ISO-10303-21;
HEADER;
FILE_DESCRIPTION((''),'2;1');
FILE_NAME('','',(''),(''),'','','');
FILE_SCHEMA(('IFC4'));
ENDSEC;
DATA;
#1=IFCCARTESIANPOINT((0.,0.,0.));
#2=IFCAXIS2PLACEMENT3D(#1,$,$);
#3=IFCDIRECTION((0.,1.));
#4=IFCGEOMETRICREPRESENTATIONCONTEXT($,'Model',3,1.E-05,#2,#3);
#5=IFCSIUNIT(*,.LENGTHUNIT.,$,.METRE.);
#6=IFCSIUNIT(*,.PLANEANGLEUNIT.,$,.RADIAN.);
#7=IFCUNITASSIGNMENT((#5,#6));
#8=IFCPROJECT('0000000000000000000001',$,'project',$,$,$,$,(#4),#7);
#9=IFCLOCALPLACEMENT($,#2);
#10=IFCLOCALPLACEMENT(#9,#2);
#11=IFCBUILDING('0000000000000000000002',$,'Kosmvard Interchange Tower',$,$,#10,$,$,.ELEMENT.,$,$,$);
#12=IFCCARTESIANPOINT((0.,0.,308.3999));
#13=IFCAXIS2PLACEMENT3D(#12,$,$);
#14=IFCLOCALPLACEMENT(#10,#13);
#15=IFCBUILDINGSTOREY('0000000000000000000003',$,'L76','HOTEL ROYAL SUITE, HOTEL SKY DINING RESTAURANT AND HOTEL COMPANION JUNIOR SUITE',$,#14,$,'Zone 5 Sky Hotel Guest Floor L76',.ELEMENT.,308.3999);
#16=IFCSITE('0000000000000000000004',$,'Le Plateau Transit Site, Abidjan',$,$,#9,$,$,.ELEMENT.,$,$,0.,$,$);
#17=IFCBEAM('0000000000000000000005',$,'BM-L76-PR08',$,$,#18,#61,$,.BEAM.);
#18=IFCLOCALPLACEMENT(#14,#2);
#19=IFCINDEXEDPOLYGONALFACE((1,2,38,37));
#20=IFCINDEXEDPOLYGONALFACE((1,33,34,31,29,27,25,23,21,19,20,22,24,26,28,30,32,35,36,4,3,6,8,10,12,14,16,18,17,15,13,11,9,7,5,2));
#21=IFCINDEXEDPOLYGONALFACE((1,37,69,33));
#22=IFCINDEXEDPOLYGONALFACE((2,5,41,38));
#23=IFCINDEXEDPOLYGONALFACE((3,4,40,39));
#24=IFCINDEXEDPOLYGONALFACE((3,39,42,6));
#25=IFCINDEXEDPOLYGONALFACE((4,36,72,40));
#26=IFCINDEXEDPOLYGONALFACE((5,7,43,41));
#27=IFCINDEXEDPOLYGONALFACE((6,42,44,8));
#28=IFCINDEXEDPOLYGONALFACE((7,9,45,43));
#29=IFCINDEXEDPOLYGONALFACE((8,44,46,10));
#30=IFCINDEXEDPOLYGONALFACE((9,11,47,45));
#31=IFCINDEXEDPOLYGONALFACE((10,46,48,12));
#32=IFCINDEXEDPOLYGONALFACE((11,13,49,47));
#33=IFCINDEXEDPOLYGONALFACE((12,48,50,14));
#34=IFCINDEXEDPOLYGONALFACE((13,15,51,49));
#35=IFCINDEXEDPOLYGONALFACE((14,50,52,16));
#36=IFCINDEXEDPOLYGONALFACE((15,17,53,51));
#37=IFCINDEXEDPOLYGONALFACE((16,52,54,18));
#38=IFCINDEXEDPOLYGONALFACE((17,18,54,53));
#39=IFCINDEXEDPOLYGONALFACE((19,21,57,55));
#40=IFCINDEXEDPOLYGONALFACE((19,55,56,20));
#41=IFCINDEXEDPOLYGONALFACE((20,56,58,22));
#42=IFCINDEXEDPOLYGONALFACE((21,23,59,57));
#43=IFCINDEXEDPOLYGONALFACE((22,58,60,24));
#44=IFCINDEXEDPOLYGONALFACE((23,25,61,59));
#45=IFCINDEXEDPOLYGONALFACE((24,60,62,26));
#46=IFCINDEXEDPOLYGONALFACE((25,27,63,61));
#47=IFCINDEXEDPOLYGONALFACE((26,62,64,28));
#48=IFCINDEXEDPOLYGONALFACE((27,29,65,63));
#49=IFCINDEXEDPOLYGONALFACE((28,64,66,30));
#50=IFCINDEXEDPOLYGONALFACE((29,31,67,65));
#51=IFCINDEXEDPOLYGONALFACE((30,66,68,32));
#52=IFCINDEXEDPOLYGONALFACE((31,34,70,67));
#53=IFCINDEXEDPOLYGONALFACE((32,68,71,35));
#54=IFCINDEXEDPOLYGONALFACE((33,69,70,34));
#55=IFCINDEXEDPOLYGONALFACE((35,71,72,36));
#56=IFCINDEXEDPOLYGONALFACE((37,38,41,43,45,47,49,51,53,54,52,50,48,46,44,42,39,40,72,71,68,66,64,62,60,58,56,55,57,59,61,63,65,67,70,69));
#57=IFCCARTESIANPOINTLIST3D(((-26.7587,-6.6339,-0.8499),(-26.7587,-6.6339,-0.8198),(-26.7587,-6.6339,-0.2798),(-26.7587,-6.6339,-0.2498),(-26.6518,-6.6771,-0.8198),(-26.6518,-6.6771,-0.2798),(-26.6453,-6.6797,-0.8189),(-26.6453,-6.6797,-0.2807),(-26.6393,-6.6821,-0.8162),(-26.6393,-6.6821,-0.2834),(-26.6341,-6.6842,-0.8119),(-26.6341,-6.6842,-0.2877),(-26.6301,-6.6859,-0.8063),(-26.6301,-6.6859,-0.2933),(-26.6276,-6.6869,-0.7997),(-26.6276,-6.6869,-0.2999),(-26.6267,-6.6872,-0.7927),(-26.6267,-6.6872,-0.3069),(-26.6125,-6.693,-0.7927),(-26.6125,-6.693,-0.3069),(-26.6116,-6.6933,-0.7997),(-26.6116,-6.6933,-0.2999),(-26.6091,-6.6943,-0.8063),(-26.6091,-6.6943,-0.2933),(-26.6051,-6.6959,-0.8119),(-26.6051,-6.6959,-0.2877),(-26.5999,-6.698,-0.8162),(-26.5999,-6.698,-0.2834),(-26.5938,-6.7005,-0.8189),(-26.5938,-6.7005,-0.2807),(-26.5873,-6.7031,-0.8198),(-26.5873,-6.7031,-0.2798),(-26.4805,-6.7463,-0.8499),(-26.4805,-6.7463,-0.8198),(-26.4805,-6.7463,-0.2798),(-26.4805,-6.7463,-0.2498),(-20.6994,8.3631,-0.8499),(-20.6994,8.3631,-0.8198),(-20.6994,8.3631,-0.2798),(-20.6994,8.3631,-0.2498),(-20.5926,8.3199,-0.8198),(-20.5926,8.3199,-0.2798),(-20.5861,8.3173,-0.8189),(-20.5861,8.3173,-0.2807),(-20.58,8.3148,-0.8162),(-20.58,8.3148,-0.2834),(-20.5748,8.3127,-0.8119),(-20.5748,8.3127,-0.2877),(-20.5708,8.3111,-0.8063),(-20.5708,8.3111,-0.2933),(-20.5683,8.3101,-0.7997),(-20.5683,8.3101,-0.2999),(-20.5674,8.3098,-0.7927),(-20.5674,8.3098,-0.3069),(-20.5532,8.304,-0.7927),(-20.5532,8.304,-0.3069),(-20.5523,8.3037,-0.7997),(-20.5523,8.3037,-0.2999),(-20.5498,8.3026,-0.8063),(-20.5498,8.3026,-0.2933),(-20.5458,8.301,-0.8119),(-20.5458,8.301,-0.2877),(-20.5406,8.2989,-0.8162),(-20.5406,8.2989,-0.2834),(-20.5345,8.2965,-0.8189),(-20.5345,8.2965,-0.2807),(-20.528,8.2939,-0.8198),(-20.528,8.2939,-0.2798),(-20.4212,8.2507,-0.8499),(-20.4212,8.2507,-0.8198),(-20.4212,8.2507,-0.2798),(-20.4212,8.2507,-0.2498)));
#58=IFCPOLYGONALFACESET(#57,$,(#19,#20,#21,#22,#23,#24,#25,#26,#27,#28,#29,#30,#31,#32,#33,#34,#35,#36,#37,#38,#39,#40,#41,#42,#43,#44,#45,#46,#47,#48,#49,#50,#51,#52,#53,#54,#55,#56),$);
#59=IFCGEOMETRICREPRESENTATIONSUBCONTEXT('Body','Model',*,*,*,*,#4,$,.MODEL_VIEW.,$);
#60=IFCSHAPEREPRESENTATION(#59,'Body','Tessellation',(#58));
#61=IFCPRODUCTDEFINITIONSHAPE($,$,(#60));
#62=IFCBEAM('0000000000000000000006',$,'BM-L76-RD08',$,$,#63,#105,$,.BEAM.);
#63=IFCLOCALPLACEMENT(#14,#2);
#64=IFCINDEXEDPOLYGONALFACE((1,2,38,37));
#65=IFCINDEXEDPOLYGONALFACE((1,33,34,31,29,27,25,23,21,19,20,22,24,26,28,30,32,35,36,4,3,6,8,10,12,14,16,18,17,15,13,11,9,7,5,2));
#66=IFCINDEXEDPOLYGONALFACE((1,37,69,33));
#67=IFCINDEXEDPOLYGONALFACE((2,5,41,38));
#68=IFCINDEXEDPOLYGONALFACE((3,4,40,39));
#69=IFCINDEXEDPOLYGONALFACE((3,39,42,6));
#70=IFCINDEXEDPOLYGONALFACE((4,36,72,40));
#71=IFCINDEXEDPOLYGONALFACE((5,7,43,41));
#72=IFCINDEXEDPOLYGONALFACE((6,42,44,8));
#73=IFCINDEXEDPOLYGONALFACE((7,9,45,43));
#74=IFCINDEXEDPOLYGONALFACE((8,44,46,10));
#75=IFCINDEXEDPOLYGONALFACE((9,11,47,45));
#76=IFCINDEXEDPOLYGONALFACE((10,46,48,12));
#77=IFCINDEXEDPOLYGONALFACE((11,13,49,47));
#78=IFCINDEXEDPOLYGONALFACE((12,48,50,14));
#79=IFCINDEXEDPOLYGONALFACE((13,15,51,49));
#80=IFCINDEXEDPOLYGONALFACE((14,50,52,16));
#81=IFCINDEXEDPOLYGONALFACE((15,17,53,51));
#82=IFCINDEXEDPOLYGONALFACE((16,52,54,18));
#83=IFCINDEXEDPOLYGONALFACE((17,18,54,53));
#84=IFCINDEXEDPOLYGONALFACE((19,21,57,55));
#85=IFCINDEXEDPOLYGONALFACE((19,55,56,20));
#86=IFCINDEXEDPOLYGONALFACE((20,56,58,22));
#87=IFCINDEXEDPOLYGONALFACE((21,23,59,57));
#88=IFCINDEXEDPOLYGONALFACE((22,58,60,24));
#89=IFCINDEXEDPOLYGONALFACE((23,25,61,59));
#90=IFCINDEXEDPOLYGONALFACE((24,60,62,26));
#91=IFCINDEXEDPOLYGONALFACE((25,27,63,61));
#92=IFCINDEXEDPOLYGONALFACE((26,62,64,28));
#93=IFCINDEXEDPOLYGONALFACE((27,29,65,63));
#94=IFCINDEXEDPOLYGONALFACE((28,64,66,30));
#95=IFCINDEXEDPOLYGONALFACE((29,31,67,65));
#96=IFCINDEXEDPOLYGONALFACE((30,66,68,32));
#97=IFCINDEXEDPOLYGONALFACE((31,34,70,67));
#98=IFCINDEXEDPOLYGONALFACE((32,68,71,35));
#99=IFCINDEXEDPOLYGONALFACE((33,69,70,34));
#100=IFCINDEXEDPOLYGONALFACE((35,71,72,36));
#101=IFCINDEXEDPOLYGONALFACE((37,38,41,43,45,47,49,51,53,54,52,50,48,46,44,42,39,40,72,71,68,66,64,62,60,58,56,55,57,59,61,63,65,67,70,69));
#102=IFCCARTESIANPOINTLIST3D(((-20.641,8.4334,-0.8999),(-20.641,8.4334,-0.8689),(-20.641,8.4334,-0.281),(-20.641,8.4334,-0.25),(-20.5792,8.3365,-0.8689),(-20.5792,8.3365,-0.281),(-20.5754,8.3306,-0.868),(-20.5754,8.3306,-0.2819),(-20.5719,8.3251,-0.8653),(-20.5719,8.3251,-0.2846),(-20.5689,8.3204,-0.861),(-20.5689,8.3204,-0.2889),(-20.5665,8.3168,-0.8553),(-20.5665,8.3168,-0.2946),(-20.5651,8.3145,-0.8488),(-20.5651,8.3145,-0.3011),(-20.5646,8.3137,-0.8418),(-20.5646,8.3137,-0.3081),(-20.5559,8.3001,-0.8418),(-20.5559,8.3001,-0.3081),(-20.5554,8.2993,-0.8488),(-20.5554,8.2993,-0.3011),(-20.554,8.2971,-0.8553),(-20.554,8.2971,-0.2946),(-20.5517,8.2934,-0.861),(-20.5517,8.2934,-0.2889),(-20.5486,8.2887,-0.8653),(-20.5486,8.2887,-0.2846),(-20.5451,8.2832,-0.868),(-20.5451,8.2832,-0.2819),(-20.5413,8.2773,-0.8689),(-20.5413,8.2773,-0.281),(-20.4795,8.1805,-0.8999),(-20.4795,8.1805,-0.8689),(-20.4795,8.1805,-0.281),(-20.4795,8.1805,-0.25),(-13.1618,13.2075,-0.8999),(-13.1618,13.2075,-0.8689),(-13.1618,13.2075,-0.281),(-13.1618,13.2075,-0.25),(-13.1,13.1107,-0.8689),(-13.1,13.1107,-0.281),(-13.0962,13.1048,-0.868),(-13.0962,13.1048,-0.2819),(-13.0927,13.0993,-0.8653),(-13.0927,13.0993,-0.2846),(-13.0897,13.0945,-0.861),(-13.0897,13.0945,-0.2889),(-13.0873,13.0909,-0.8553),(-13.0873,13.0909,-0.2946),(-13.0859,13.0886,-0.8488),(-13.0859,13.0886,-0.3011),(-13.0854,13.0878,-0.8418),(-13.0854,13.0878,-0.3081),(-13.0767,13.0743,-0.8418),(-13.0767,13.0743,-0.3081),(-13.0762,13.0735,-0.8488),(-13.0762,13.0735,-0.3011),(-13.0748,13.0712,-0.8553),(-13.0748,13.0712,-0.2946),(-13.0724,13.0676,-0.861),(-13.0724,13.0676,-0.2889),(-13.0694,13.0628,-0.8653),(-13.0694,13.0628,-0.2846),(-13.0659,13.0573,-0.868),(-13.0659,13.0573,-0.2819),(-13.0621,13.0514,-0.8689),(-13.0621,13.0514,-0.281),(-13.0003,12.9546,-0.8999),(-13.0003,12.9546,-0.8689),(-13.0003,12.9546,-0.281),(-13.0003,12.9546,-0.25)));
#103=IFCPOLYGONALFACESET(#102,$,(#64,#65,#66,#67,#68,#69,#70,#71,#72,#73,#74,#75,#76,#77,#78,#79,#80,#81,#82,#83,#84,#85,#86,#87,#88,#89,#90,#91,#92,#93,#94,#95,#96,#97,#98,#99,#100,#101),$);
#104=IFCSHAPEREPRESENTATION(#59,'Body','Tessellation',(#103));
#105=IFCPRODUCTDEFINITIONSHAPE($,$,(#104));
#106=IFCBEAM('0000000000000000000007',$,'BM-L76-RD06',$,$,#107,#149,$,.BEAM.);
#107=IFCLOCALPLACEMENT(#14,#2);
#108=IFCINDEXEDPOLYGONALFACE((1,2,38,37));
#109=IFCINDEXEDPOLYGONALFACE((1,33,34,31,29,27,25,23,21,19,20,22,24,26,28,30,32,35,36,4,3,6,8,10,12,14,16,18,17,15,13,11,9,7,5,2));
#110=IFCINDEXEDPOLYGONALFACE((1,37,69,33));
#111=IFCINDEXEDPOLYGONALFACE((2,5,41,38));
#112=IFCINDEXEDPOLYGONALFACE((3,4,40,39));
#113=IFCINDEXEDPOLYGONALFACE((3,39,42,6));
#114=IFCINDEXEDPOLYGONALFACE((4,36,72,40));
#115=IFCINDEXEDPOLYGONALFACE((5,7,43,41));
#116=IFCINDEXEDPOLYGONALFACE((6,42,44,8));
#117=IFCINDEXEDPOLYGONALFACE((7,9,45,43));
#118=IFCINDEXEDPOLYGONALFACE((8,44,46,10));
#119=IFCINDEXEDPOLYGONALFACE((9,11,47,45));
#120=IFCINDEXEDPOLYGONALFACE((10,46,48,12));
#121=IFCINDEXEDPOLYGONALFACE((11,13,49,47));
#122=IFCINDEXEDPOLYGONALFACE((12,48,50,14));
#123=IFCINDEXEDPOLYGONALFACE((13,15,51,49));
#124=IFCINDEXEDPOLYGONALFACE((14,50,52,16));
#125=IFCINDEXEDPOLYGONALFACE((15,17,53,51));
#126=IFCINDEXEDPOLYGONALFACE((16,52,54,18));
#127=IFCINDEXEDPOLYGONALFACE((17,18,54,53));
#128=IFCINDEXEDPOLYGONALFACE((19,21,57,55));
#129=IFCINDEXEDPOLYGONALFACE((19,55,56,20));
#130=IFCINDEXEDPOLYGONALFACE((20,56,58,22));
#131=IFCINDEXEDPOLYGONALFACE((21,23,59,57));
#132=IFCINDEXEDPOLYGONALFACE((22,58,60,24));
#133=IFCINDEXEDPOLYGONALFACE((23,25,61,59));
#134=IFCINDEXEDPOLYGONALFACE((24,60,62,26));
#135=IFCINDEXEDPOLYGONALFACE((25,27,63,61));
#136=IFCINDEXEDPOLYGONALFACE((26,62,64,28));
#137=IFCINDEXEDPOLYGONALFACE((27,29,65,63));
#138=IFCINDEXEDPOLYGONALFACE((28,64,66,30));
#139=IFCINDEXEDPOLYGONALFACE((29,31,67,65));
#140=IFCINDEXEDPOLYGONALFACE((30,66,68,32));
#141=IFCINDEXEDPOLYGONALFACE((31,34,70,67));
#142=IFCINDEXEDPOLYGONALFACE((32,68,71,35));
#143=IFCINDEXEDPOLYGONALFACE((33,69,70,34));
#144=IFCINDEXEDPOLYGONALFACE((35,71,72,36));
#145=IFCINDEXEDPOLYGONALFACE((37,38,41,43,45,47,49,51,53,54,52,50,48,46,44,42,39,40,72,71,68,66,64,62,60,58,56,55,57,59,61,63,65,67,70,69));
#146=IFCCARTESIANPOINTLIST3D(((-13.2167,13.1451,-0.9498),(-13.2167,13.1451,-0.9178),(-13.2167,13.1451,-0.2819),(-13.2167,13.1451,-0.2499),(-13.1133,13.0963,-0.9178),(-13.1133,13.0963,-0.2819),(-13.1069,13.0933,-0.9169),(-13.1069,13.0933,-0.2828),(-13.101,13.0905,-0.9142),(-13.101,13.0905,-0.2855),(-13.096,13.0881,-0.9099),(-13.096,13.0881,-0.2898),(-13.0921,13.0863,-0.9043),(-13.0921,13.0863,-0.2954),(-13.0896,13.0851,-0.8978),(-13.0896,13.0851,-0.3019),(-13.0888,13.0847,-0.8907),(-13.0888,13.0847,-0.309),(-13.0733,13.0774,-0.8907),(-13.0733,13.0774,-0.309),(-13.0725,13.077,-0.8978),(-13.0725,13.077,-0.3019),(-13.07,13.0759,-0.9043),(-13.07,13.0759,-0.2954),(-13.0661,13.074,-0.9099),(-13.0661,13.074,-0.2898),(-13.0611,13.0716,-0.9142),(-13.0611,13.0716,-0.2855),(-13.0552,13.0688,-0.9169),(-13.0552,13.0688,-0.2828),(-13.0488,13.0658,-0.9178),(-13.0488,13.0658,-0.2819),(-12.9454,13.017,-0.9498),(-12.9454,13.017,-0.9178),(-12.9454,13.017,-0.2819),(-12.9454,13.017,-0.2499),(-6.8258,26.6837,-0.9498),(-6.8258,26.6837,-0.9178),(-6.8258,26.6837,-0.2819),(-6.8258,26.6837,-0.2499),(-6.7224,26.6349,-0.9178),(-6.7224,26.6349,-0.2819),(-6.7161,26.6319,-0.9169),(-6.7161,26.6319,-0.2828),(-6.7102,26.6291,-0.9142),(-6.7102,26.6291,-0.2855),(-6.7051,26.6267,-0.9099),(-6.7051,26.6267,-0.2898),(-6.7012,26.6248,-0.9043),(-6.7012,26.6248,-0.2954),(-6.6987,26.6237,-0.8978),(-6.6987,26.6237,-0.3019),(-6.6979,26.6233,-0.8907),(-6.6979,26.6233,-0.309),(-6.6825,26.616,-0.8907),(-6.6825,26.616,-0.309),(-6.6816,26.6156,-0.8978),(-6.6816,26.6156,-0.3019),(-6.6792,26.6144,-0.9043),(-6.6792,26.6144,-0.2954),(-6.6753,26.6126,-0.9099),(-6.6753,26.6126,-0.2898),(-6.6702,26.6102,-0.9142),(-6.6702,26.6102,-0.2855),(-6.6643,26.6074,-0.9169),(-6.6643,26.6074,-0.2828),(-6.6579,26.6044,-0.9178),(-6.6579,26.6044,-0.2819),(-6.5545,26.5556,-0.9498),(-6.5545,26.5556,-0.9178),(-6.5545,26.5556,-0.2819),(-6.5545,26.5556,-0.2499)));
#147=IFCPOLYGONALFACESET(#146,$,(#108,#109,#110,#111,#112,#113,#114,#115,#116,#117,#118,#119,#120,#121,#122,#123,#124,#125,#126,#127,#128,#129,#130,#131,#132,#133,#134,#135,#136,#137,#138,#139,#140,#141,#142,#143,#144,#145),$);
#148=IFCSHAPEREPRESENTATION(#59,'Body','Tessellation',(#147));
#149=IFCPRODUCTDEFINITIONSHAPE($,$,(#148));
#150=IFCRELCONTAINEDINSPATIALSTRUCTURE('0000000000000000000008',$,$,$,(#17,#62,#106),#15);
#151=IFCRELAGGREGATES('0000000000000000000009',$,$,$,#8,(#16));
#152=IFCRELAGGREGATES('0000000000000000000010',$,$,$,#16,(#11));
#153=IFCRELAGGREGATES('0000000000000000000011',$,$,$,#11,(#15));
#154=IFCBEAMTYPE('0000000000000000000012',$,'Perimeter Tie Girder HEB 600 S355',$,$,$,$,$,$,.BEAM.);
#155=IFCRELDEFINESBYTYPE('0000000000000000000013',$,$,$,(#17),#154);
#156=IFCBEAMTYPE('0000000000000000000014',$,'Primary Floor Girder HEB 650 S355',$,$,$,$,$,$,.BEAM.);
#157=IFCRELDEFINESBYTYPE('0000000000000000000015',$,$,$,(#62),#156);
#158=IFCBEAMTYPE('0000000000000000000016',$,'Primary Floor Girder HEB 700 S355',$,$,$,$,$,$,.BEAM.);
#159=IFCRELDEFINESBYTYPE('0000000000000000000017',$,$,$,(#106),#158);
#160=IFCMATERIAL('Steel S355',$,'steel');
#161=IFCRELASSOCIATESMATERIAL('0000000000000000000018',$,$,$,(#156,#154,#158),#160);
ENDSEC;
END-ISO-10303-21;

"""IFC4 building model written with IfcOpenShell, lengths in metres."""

from ifc_helpers import new_model, si_unit, direction, frame, origin, origin_2d, place, context, subcontext, project, spatial, i_section, extrude, source, transform, mapped, material, material_profile, profile_set, type_object, element, save


model = new_model("IFC4")

# Units and contexts
model_context = context("Model", 3, precision=1e-05, world=origin(), true_north=direction((0.0, 1.0)))
body_context = subcontext(model_context, "Body", "Model", "MODEL_VIEW")
ifc_project = project(units=[si_unit("LENGTHUNIT", "METRE"), si_unit("PLANEANGLEUNIT", "RADIAN")], contexts=[model_context])

# Site, building, storey
site_placement = place(None, origin())
site = spatial("IfcSite", under=ifc_project, at=site_placement, Name="Le Plateau Transit Site, Abidjan", CompositionType="ELEMENT", RefElevation=0.0)
building_placement = place(site_placement, origin())
building = spatial("IfcBuilding", under=site, at=building_placement, Name="Kosmvard Interchange Tower", CompositionType="ELEMENT")
storey_placement = place(building_placement, frame((0.0, 0.0, 308.3999)))
storey = spatial("IfcBuildingStorey", under=building, at=storey_placement, Name="L76", Description="HOTEL ROYAL SUITE, HOTEL SKY DINING RESTAURANT AND HOTEL COMPANION JUNIOR SUITE", LongName="Zone 5 Sky Hotel Guest Floor L76", CompositionType="ELEMENT", Elevation=308.3999)

# Beams
ifc_material_1 = material(Name="Steel S355", Category="steel")
ifc_material_profile_1 = material_profile(ifc_material_1, i_section(OverallWidth=0.3, OverallDepth=0.6499, WebThickness=0.0161, FlangeThickness=0.031, FilletRadius=0.0271, at=origin_2d()), Name="HEB 650")
ifc_profile_set_1 = profile_set([ifc_material_profile_1], Name="Steel S355")
beam_type_1 = type_object("IfcBeamType", Name="Primary Floor Girder HEB 650 S355", PredefinedType="BEAM", material=ifc_profile_set_1)
ifc_material_profile_2 = material_profile(ifc_material_1, i_section(OverallWidth=0.3, OverallDepth=0.6001, WebThickness=0.0154, FlangeThickness=0.03, FilletRadius=0.0271, at=origin_2d()), Name="HEB 600")
ifc_profile_set_2 = profile_set([ifc_material_profile_2], Name="Steel S355")
beam_type_2 = type_object("IfcBeamType", Name="Perimeter Tie Girder HEB 600 S355", PredefinedType="BEAM", material=ifc_profile_set_2)
shared_shape_1 = source(origin(), body_context, "Body", "SweptSolid", [
    extrude(i_section(OverallWidth=0.3, OverallDepth=0.6001, WebThickness=0.0154, FlangeThickness=0.03, FilletRadius=0.0271, at=origin_2d()), origin(), (0.0, 0.0, 1.0), 16.1748),
])
beam_1_placement = place(storey_placement, frame((-20.5603, 8.3069, -0.5498), z_axis=(-0.374613, -0.927181, 0.0), x_axis=(0.927181, -0.374613, 0.0)))
element("IfcBeam", 1, at=beam_1_placement, inside=storey, type_object=beam_type_2, Name="BM-L76-PR08", PredefinedType="BEAM", context=body_context, shape_type="MappedRepresentation", body=[
    mapped(shared_shape_1, transform((0.0, 0.0, 0.0), scale=1.0)),
])
shared_shape_2 = source(origin(), body_context, "Body", "SweptSolid", [
    extrude(i_section(OverallWidth=0.3, OverallDepth=0.6499, WebThickness=0.0161, FlangeThickness=0.031, FilletRadius=0.0271, at=origin_2d()), origin(), (0.0, 0.0, 1.0), 8.873),
])
beam_2_placement = place(storey_placement, frame((-13.0811, 13.0811, -0.575), z_axis=(-0.842913, -0.53805, 0.0), x_axis=(0.53805, -0.842913, 0.0)))
element("IfcBeam", 2, at=beam_2_placement, inside=storey, type_object=beam_type_1, Name="BM-L76-RD08", PredefinedType="BEAM", context=body_context, shape_type="MappedRepresentation", body=[
    mapped(shared_shape_2, transform((0.0, 0.0, 0.0), scale=1.0)),
])
ifc_material_profile_3 = material_profile(ifc_material_1, i_section(OverallWidth=0.3, OverallDepth=0.7, WebThickness=0.0171, FlangeThickness=0.032, FilletRadius=0.0271, at=origin_2d()), Name="HEB 700")
ifc_profile_set_3 = profile_set([ifc_material_profile_3], Name="Steel S355")
beam_type_3 = type_object("IfcBeamType", Name="Primary Floor Girder HEB 700 S355", PredefinedType="BEAM", material=ifc_profile_set_3)
shared_shape_3 = source(origin(), body_context, "Body", "SweptSolid", [
    extrude(i_section(OverallWidth=0.3, OverallDepth=0.7, WebThickness=0.0171, FlangeThickness=0.032, FilletRadius=0.0271, at=origin_2d()), origin(), (0.0, 0.0, 1.0), 14.9712),
])
beam_3_placement = place(storey_placement, frame((-13.0811, 13.0811, -0.5999), z_axis=(0.426878, 0.904309, 0.0), x_axis=(-0.904309, 0.426878, 0.0)))
element("IfcBeam", 3, at=beam_3_placement, inside=storey, type_object=beam_type_3, Name="BM-L76-RD06", PredefinedType="BEAM", context=body_context, shape_type="MappedRepresentation", body=[
    mapped(shared_shape_3, transform((0.0, 0.0, 0.0), scale=1.0)),
])

save(model, "model.ifc")
